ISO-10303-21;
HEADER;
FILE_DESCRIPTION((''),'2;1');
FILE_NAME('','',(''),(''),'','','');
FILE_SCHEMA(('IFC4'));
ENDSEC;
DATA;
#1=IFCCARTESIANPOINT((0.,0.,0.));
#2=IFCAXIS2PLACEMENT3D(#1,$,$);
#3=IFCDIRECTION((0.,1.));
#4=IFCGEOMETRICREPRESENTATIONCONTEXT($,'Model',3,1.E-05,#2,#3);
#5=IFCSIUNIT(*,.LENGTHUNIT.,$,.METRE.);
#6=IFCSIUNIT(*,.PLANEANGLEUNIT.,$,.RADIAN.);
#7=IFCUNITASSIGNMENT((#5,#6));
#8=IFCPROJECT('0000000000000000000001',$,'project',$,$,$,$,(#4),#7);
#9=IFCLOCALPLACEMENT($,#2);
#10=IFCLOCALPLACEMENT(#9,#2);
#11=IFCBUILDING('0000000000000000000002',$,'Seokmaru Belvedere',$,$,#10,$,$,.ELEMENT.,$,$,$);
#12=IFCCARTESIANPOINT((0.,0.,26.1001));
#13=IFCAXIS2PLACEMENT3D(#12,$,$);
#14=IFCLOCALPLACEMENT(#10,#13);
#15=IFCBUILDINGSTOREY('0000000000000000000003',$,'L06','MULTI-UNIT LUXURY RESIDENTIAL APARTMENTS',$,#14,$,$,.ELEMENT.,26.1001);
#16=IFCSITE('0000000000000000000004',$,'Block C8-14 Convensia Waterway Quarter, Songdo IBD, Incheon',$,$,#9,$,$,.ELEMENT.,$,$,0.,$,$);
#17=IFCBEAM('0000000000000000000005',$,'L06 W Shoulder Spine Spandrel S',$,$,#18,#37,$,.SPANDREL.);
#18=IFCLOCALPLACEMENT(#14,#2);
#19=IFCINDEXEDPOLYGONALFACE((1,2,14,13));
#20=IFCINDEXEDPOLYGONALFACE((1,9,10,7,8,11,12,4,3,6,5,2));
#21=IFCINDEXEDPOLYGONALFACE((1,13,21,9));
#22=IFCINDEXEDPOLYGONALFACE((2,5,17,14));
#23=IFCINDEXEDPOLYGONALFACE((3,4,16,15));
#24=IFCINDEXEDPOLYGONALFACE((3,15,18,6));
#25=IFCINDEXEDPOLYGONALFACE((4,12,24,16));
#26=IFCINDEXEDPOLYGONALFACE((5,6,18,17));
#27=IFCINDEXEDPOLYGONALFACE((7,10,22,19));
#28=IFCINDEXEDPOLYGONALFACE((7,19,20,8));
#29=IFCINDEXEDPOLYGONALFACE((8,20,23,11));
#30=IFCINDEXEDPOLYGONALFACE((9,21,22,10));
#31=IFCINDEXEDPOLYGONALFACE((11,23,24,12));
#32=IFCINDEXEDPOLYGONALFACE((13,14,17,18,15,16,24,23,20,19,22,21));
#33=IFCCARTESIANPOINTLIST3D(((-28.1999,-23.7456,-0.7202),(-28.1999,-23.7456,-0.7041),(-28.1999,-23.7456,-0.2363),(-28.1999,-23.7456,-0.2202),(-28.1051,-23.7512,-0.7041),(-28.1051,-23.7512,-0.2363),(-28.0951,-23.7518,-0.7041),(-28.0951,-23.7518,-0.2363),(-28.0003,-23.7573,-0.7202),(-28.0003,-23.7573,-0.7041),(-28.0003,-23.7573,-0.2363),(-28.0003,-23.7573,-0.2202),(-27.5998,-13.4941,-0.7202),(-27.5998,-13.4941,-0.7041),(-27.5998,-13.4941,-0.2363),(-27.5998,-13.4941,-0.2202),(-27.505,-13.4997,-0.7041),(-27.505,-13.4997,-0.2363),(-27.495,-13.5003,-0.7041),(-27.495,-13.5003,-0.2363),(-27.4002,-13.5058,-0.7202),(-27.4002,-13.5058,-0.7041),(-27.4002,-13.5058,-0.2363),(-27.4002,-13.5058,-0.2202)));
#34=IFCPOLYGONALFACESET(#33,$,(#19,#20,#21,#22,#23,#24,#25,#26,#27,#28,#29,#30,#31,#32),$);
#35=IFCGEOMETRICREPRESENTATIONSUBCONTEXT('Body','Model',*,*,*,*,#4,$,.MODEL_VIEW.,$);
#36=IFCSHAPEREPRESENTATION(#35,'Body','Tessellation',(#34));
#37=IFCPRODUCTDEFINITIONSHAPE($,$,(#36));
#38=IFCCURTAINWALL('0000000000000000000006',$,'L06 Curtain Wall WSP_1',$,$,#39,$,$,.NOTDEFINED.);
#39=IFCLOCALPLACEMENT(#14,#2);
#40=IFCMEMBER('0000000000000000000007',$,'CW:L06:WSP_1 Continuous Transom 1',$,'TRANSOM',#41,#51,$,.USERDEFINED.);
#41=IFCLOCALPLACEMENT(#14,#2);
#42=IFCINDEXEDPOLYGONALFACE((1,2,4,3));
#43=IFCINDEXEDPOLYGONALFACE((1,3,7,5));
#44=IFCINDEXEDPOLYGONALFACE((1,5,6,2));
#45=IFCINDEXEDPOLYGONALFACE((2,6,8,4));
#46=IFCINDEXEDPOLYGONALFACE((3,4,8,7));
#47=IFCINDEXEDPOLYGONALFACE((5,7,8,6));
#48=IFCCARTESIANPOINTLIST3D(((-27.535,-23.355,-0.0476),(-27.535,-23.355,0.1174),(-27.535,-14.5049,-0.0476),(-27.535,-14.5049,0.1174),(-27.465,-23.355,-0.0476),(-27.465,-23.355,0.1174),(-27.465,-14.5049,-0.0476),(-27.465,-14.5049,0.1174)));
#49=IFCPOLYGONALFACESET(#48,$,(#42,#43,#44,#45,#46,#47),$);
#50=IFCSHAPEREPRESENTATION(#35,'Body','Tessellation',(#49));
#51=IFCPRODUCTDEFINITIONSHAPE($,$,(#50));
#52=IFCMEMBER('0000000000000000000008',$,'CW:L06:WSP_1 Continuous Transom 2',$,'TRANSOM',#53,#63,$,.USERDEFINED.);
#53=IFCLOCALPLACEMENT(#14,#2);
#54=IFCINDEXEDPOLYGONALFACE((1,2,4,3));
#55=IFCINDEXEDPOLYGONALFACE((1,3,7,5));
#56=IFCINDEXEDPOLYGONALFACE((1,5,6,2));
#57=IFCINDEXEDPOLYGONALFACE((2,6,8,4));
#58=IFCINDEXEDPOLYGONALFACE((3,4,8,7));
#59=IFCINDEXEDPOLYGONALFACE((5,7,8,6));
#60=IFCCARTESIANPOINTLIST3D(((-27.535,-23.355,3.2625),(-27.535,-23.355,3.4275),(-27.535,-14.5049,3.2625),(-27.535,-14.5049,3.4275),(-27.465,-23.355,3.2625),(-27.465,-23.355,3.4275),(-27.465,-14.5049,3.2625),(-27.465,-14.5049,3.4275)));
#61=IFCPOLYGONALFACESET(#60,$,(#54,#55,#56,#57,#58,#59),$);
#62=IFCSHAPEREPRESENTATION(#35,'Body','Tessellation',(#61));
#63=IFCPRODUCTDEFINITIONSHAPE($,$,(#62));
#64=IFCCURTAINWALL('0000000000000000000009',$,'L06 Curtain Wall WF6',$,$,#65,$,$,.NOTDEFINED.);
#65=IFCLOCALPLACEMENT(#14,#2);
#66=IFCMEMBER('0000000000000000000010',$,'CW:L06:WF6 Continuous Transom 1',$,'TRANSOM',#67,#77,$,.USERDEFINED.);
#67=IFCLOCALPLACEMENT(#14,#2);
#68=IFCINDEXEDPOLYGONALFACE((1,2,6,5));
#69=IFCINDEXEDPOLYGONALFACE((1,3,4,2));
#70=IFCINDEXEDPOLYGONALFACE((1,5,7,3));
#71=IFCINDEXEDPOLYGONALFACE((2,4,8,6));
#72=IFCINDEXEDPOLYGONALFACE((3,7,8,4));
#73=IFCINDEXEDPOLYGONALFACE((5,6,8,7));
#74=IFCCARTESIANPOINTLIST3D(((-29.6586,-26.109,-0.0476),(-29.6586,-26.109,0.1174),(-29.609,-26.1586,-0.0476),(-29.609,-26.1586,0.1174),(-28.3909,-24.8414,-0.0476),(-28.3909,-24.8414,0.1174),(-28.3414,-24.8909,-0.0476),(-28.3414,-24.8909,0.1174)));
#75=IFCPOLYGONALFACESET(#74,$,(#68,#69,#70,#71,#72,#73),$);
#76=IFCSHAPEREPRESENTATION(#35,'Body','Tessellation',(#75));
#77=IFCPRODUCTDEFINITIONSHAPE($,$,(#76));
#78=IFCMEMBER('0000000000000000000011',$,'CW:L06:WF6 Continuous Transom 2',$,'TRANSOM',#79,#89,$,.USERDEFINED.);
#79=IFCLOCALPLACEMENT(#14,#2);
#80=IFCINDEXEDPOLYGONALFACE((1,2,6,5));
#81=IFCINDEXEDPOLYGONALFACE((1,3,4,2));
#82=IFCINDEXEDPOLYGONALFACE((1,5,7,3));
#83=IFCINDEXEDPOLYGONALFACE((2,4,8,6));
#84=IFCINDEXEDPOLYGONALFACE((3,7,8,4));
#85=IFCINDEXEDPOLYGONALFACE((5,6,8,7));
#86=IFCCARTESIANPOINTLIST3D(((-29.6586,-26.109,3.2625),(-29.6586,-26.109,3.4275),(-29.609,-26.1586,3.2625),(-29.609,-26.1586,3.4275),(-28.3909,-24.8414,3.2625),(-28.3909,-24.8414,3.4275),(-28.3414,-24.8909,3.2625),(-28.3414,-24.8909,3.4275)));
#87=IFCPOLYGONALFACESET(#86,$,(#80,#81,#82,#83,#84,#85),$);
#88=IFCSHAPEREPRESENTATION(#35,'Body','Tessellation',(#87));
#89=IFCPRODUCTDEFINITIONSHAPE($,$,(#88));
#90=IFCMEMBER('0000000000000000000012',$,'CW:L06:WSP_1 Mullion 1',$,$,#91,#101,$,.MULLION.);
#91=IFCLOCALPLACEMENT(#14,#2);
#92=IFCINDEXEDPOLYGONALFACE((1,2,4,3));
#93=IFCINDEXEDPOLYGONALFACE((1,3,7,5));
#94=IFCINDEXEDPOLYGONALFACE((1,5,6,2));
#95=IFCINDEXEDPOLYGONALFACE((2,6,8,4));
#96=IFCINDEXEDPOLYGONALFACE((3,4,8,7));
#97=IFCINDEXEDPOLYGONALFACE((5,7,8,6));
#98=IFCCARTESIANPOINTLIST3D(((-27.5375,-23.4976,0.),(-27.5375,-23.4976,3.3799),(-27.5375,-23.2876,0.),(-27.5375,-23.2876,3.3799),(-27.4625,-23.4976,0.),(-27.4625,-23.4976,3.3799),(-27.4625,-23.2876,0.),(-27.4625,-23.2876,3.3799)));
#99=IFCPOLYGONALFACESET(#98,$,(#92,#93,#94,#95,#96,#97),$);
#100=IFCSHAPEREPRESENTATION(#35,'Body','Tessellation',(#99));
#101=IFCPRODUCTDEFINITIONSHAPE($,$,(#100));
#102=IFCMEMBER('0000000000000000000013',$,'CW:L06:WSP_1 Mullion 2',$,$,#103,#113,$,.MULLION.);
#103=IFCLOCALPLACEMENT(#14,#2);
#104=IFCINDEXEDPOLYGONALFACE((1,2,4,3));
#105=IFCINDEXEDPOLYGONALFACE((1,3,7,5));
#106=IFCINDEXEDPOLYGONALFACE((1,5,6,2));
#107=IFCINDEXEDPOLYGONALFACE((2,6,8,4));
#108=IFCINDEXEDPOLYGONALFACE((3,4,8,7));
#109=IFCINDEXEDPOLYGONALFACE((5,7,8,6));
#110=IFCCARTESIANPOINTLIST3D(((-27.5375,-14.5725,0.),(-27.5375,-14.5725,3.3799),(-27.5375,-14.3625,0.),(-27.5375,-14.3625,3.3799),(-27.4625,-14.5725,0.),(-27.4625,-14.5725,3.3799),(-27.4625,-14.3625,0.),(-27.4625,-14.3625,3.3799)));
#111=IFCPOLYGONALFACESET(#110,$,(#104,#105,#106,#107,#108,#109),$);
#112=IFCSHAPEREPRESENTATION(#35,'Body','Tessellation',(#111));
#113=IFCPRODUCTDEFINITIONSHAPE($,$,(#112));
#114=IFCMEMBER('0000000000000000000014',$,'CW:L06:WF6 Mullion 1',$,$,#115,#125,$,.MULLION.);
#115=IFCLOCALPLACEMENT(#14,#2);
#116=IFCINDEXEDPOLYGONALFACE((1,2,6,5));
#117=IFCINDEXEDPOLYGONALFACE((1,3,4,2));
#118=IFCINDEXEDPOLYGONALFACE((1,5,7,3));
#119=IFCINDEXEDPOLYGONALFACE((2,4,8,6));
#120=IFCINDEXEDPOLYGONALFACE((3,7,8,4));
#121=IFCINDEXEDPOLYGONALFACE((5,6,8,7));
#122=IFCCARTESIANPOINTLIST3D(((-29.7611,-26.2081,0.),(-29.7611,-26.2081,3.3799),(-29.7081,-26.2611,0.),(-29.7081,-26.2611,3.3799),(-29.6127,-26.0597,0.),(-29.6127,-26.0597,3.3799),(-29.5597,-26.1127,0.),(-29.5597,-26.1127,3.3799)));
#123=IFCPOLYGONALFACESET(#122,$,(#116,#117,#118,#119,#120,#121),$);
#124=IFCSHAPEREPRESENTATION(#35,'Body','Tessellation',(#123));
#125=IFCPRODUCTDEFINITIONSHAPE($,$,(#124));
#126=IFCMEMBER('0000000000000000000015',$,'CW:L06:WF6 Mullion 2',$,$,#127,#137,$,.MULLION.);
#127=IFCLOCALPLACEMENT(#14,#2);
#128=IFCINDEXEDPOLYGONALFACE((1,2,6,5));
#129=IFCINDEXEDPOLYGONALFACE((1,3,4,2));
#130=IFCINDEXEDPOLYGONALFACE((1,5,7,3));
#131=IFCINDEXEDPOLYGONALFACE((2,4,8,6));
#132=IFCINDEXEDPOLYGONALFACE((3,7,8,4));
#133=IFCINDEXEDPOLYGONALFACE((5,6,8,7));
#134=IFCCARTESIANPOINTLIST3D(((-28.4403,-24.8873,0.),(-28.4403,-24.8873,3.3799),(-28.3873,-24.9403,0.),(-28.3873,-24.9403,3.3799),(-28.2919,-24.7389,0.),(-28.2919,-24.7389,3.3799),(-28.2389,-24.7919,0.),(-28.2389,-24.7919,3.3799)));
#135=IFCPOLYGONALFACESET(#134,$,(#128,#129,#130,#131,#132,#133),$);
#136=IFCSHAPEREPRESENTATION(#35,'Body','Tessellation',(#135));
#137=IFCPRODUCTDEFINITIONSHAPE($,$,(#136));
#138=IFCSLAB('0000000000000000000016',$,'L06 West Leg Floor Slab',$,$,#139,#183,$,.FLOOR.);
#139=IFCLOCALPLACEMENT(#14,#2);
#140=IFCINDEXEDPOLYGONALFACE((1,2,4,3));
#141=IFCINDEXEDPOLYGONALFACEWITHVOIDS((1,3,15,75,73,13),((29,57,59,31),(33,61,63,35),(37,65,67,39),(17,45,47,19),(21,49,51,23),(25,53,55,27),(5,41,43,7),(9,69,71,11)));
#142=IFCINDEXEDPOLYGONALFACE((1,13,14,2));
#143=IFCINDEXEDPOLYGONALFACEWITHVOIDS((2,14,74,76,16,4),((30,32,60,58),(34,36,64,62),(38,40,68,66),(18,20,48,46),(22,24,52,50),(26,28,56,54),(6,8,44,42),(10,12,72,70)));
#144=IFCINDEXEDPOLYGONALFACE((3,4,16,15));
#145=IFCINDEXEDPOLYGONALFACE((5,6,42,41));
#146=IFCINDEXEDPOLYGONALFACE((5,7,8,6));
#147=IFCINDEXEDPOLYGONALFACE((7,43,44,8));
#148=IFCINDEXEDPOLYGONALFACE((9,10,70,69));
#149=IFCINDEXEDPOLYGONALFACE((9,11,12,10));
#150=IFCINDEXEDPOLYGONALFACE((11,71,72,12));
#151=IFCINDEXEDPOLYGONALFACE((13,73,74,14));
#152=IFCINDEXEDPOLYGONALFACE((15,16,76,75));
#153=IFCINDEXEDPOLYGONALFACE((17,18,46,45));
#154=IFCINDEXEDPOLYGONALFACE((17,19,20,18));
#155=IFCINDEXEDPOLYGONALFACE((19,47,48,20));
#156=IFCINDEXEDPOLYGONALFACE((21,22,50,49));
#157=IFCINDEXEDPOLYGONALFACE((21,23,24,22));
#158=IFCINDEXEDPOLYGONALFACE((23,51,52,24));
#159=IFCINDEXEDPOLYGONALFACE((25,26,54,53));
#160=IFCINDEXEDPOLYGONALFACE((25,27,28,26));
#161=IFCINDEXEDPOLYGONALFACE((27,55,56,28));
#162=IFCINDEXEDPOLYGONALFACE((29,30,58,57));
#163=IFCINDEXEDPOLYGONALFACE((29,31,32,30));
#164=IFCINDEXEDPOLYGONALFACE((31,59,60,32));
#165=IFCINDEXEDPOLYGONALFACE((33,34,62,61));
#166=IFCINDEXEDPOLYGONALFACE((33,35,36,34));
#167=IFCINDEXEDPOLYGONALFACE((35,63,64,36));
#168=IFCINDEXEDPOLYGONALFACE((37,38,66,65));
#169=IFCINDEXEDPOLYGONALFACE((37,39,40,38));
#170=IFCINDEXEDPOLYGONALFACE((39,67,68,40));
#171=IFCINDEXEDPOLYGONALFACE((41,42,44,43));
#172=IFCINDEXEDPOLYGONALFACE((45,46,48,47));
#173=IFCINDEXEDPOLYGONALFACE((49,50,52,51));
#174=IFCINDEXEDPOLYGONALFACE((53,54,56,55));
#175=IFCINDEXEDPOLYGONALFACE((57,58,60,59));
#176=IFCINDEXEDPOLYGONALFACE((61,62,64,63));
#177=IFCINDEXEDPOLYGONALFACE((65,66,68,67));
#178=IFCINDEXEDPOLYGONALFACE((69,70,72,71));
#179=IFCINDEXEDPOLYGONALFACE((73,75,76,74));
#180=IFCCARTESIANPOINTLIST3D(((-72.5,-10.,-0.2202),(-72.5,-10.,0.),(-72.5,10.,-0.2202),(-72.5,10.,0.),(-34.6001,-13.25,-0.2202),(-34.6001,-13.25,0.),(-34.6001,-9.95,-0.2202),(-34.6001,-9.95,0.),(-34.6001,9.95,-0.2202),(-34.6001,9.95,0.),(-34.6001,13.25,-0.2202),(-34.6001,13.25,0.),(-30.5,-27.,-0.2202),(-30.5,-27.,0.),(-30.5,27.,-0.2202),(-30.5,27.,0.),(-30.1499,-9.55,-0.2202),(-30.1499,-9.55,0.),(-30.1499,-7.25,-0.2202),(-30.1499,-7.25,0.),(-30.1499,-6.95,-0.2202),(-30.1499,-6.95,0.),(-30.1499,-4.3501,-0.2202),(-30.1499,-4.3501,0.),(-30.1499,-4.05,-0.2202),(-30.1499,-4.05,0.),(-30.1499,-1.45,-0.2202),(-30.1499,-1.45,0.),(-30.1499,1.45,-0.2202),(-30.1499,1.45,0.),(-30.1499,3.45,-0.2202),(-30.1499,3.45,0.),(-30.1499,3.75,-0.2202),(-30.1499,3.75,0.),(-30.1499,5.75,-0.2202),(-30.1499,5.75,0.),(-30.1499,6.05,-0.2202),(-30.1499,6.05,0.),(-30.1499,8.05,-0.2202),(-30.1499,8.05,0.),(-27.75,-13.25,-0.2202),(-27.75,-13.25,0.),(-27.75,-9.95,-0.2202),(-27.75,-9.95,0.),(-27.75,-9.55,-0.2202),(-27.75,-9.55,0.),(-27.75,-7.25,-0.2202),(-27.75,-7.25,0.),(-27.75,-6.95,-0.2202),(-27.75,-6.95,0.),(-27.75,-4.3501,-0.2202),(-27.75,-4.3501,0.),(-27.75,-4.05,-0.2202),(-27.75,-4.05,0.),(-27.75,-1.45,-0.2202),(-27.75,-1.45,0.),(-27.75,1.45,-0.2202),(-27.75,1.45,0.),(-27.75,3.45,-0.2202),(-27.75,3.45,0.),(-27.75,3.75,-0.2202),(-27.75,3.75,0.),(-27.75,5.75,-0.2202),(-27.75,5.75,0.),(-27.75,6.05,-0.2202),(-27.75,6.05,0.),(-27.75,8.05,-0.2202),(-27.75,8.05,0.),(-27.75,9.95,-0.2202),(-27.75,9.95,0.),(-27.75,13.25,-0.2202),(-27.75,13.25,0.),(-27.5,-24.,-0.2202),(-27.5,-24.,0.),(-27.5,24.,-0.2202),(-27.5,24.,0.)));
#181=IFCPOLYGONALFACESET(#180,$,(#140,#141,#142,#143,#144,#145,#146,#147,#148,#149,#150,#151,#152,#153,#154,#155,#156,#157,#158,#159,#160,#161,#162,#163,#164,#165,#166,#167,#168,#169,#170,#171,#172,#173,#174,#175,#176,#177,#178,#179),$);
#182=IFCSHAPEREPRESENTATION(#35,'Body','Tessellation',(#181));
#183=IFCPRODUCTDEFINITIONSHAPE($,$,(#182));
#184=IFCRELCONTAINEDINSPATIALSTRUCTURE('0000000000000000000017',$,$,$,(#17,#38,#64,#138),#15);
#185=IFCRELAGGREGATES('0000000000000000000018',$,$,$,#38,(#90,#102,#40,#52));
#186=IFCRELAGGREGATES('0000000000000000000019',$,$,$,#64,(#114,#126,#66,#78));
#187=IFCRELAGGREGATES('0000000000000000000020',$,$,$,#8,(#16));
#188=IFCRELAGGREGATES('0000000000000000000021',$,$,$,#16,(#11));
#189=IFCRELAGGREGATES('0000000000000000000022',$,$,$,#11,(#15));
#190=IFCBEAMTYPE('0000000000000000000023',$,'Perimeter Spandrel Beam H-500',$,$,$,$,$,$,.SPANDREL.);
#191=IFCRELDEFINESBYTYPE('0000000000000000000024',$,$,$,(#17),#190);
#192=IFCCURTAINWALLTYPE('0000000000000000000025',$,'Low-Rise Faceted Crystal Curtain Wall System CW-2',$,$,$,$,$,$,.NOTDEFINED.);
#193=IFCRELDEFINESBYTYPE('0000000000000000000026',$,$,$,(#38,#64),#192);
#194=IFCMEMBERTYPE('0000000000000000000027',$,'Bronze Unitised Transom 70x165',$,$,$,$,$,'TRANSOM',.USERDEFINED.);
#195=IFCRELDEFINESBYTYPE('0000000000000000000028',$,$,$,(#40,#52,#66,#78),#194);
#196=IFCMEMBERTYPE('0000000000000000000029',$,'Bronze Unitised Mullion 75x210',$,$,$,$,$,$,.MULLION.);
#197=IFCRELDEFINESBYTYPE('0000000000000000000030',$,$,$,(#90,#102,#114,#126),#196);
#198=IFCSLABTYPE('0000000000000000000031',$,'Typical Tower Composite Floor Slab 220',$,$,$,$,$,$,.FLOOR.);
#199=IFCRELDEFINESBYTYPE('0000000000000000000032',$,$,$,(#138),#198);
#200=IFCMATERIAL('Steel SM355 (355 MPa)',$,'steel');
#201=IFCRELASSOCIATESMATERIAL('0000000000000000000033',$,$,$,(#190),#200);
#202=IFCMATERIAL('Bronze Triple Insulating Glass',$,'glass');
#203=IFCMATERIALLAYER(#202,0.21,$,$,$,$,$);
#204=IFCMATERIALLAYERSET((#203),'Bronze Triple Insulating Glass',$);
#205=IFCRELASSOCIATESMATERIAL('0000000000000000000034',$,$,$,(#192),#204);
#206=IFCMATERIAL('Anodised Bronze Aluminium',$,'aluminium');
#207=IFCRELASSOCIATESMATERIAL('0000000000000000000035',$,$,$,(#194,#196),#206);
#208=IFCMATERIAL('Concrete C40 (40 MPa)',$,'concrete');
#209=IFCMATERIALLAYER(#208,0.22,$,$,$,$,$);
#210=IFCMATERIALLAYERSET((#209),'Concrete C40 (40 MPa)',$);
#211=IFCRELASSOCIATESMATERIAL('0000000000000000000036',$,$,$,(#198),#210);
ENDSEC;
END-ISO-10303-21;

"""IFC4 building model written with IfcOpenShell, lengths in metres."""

from ifc_helpers import new_model, si_unit, direction, frame, origin, origin_2d, place, context, subcontext, project, spatial, polyline, rectangle, i_section, outline, extrude, source, transform, mapped, material, layer, layer_set, material_profile, profile_set, type_object, type_shapes, element, aggregate, save


model = new_model("IFC4")

# Units and contexts
model_context = context("Model", 3, precision=1e-05, world=origin(), true_north=direction((0.0, 1.0)))
body_context = subcontext(model_context, "Body", "Model", "MODEL_VIEW")
ifc_project = project(units=[si_unit("LENGTHUNIT", "METRE"), si_unit("PLANEANGLEUNIT", "RADIAN")], contexts=[model_context])

# Site, building, storey
site_placement = place(None, origin())
site = spatial("IfcSite", under=ifc_project, at=site_placement, Name="Block C8-14 Convensia Waterway Quarter, Songdo IBD, Incheon", CompositionType="ELEMENT", RefElevation=0.0)
building_placement = place(site_placement, origin())
building = spatial("IfcBuilding", under=site, at=building_placement, Name="Seokmaru Belvedere", CompositionType="ELEMENT")
storey_placement = place(building_placement, frame((0.0, 0.0, 26.1001)))
storey = spatial("IfcBuildingStorey", under=building, at=storey_placement, Name="L06", Description="MULTI-UNIT LUXURY RESIDENTIAL APARTMENTS", CompositionType="ELEMENT", Elevation=26.1001)

# Shared definitions
ifc_material_1 = material(Name="Steel SM355 (355 MPa)", Category="steel")

# Beam
ifc_material_profile_1 = material_profile(ifc_material_1, i_section(OverallWidth=0.2, OverallDepth=0.5, WebThickness=0.01, FlangeThickness=0.0161, at=origin_2d()), Name="H-500x200x10x16")
ifc_profile_set_1 = profile_set([ifc_material_profile_1], Name="Steel SM355 (355 MPa)")
beam_type = type_object("IfcBeamType", Name="Perimeter Spandrel Beam H-500", PredefinedType="SPANDREL", material=ifc_profile_set_1)
shared_shape_1 = source(origin(), body_context, "Body", "SweptSolid", [
    extrude(i_section(OverallWidth=0.2, OverallDepth=0.5, WebThickness=0.01, FlangeThickness=0.0161, at=origin_2d()), origin(), (0.0, 0.0, 1.0), 10.269),
])
beam_1_placement = place(storey_placement, frame((-28.1001, -23.7515, -0.4702), z_axis=(0.058438, 0.998291, 0.0), x_axis=(-0.998291, 0.058438, 0.0)))
element("IfcBeam", 1, at=beam_1_placement, inside=storey, type_object=beam_type, Name="L06 W Shoulder Spine Spandrel S", PredefinedType="SPANDREL", context=body_context, shape_type="MappedRepresentation", body=[
    mapped(shared_shape_1, transform((0.0, 0.0, 0.0), scale=1.0)),
])

# Curtain walls, members
ifc_material_2 = material(Name="Bronze Triple Insulating Glass", Category="glass")
ifc_layer_1 = layer(ifc_material_2, 0.21)
ifc_layer_set_1 = layer_set([ifc_layer_1], Name="Bronze Triple Insulating Glass")
curtain_wall_type = type_object("IfcCurtainWallType", Name="Low-Rise Faceted Crystal Curtain Wall System CW-2", PredefinedType="NOTDEFINED", material=ifc_layer_set_1)
curtain_wall_1_placement = place(storey_placement, origin())
curtain_wall_1 = element("IfcCurtainWall", 2, at=curtain_wall_1_placement, inside=storey, type_object=curtain_wall_type, Name="L06 Curtain Wall WSP_1", PredefinedType="NOTDEFINED")
ifc_material_3 = material(Name="Anodised Bronze Aluminium", Category="aluminium")
ifc_material_profile_2 = material_profile(ifc_material_3, rectangle(XDim=0.0701, YDim=0.165, at=origin_2d()), Name="CW-T-70x165")
ifc_profile_set_2 = profile_set([ifc_material_profile_2], Name="Anodised Bronze Aluminium")
member_type_1 = type_object("IfcMemberType", Name="Bronze Unitised Transom 70x165", ElementType="TRANSOM", PredefinedType="USERDEFINED", material=ifc_profile_set_2)
shared_shape_2 = source(origin(), body_context, "Body", "SweptSolid", [
    extrude(rectangle(XDim=0.0701, YDim=0.165, at=origin_2d()), origin(), (0.0, 0.0, 1.0), 8.8501),
])
member_1_placement = place(storey_placement, frame((-27.5, -23.355, 0.0349), z_axis=(0.0, 1.0, 0.0), x_axis=(-1.0, 0.0, 0.0)))
member_1 = element("IfcMember", 3, at=member_1_placement, type_object=member_type_1, Name="CW:L06:WSP_1 Continuous Transom 1", ObjectType="TRANSOM", PredefinedType="USERDEFINED", context=body_context, shape_type="MappedRepresentation", body=[
    mapped(shared_shape_2, transform((0.0, 0.0, 0.0), scale=1.0)),
])
member_2_placement = place(storey_placement, frame((-27.5, -23.355, 3.345), z_axis=(0.0, 1.0, 0.0), x_axis=(-1.0, 0.0, 0.0)))
member_2 = element("IfcMember", 4, at=member_2_placement, type_object=member_type_1, Name="CW:L06:WSP_1 Continuous Transom 2", ObjectType="TRANSOM", PredefinedType="USERDEFINED", context=body_context, shape_type="MappedRepresentation", body=[
    mapped(shared_shape_2, transform((0.0, 0.0, 0.0), scale=1.0)),
])
curtain_wall_2_placement = place(storey_placement, origin())
curtain_wall_2 = element("IfcCurtainWall", 5, at=curtain_wall_2_placement, inside=storey, type_object=curtain_wall_type, Name="L06 Curtain Wall WF6", PredefinedType="NOTDEFINED")
shared_shape_3 = source(origin(), body_context, "Body", "SweptSolid", [
    extrude(rectangle(XDim=0.0701, YDim=0.165, at=origin_2d()), origin(), (0.0, 0.0, 1.0), 1.7927),
])
type_shapes(member_type_1, [shared_shape_2, shared_shape_3])
member_3_placement = place(storey_placement, frame((-29.6338, -26.1338, 0.0349), z_axis=(0.707107, 0.707107, 0.0), x_axis=(-0.707107, 0.707107, 0.0)))
member_3 = element("IfcMember", 6, at=member_3_placement, type_object=member_type_1, Name="CW:L06:WF6 Continuous Transom 1", ObjectType="TRANSOM", PredefinedType="USERDEFINED", context=body_context, shape_type="MappedRepresentation", body=[
    mapped(shared_shape_3, transform((0.0, 0.0, 0.0), scale=1.0)),
])
member_4_placement = place(storey_placement, frame((-29.6338, -26.1338, 3.345), z_axis=(0.707107, 0.707107, 0.0), x_axis=(-0.707107, 0.707107, 0.0)))
member_4 = element("IfcMember", 7, at=member_4_placement, type_object=member_type_1, Name="CW:L06:WF6 Continuous Transom 2", ObjectType="TRANSOM", PredefinedType="USERDEFINED", context=body_context, shape_type="MappedRepresentation", body=[
    mapped(shared_shape_3, transform((0.0, 0.0, 0.0), scale=1.0)),
])

# Members
ifc_material_profile_3 = material_profile(ifc_material_3, rectangle(XDim=0.075, YDim=0.21, at=origin_2d()), Name="CW-M-75x210")
ifc_profile_set_3 = profile_set([ifc_material_profile_3], Name="Anodised Bronze Aluminium")
member_type_2 = type_object("IfcMemberType", Name="Bronze Unitised Mullion 75x210", PredefinedType="MULLION", material=ifc_profile_set_3)
shared_shape_4 = source(origin(), body_context, "Body", "SweptSolid", [
    extrude(rectangle(XDim=0.075, YDim=0.21, at=origin_2d()), origin(), (0.0, 0.0, 1.0), 3.3799),
])
type_shapes(member_type_2, [shared_shape_4])
member_5_placement = place(storey_placement, frame((-27.5, -23.3926, 0.0), z_axis=(0.0, 0.0, 1.0), x_axis=(-1.0, 0.0, 0.0)))
member_5 = element("IfcMember", 8, at=member_5_placement, type_object=member_type_2, Name="CW:L06:WSP_1 Mullion 1", PredefinedType="MULLION", context=body_context, shape_type="MappedRepresentation", body=[
    mapped(shared_shape_4, transform((0.0, 0.0, 0.0), scale=1.0)),
])
member_6_placement = place(storey_placement, frame((-27.5, -14.4675, 0.0), z_axis=(0.0, 0.0, 1.0), x_axis=(-1.0, 0.0, 0.0)))
member_6 = element("IfcMember", 9, at=member_6_placement, type_object=member_type_2, Name="CW:L06:WSP_1 Mullion 2", PredefinedType="MULLION", context=body_context, shape_type="MappedRepresentation", body=[
    mapped(shared_shape_4, transform((0.0, 0.0, 0.0), scale=1.0)),
])
member_7_placement = place(storey_placement, frame((-29.6604, -26.1604, 0.0), z_axis=(0.0, 0.0, 1.0), x_axis=(-0.707107, 0.707107, 0.0)))
member_7 = element("IfcMember", 10, at=member_7_placement, type_object=member_type_2, Name="CW:L06:WF6 Mullion 1", PredefinedType="MULLION", context=body_context, shape_type="MappedRepresentation", body=[
    mapped(shared_shape_4, transform((0.0, 0.0, 0.0), scale=1.0)),
])
member_8_placement = place(storey_placement, frame((-28.3396, -24.8396, 0.0), z_axis=(0.0, 0.0, 1.0), x_axis=(-0.707107, 0.707107, 0.0)))
member_8 = element("IfcMember", 11, at=member_8_placement, type_object=member_type_2, Name="CW:L06:WF6 Mullion 2", PredefinedType="MULLION", context=body_context, shape_type="MappedRepresentation", body=[
    mapped(shared_shape_4, transform((0.0, 0.0, 0.0), scale=1.0)),
])

# Slab
ifc_material_4 = material(Name="Concrete C40 (40 MPa)", Category="concrete")
ifc_layer_2 = layer(ifc_material_4, 0.22)
ifc_layer_set_2 = layer_set([ifc_layer_2], Name="Concrete C40 (40 MPa)")
slab_type = type_object("IfcSlabType", Name="Typical Tower Composite Floor Slab 220", PredefinedType="FLOOR", material=ifc_layer_set_2)
slab_placement = place(storey_placement, frame((0.0, 0.0, -0.2202)))
element("IfcSlab", 12, at=slab_placement, inside=storey, type_object=slab_type, Name="L06 West Leg Floor Slab", PredefinedType="FLOOR", context=body_context, shape_type="SweptSolid", body=[
    extrude(outline(polyline([(-27.5, -24.0), (-27.5, 24.0), (-30.5, 27.0), (-72.5, 10.0), (-72.5, -10.0), (-30.5, -27.0), (-27.5, -24.0)]), holes=[polyline([(-34.6001, -13.25), (-27.75, -13.25), (-27.75, -9.95), (-34.6001, -9.95), (-34.6001, -13.25)]), polyline([(-34.6001, 9.95), (-27.75, 9.95), (-27.75, 13.25), (-34.6001, 13.25), (-34.6001, 9.95)]), polyline([(-30.1499, -9.55), (-27.75, -9.55), (-27.75, -7.25), (-30.1499, -7.25), (-30.1499, -9.55)]), polyline([(-30.1499, -6.95), (-27.75, -6.95), (-27.75, -4.3501), (-30.1499, -4.3501), (-30.1499, -6.95)]), polyline([(-30.1499, -4.05), (-27.75, -4.05), (-27.75, -1.45), (-30.1499, -1.45), (-30.1499, -4.05)]), polyline([(-30.1499, 1.45), (-27.75, 1.45), (-27.75, 3.45), (-30.1499, 3.45), (-30.1499, 1.45)]), polyline([(-30.1499, 3.75), (-27.75, 3.75), (-27.75, 5.75), (-30.1499, 5.75), (-30.1499, 3.75)]), polyline([(-30.1499, 6.05), (-27.75, 6.05), (-27.75, 8.05), (-30.1499, 8.05), (-30.1499, 6.05)])]), origin(), (0.0, 0.0, 1.0), 0.2202),
])

aggregate(curtain_wall_1, [member_5, member_6, member_1, member_2])
aggregate(curtain_wall_2, [member_7, member_8, member_3, member_4])

save(model, "model.ifc")
